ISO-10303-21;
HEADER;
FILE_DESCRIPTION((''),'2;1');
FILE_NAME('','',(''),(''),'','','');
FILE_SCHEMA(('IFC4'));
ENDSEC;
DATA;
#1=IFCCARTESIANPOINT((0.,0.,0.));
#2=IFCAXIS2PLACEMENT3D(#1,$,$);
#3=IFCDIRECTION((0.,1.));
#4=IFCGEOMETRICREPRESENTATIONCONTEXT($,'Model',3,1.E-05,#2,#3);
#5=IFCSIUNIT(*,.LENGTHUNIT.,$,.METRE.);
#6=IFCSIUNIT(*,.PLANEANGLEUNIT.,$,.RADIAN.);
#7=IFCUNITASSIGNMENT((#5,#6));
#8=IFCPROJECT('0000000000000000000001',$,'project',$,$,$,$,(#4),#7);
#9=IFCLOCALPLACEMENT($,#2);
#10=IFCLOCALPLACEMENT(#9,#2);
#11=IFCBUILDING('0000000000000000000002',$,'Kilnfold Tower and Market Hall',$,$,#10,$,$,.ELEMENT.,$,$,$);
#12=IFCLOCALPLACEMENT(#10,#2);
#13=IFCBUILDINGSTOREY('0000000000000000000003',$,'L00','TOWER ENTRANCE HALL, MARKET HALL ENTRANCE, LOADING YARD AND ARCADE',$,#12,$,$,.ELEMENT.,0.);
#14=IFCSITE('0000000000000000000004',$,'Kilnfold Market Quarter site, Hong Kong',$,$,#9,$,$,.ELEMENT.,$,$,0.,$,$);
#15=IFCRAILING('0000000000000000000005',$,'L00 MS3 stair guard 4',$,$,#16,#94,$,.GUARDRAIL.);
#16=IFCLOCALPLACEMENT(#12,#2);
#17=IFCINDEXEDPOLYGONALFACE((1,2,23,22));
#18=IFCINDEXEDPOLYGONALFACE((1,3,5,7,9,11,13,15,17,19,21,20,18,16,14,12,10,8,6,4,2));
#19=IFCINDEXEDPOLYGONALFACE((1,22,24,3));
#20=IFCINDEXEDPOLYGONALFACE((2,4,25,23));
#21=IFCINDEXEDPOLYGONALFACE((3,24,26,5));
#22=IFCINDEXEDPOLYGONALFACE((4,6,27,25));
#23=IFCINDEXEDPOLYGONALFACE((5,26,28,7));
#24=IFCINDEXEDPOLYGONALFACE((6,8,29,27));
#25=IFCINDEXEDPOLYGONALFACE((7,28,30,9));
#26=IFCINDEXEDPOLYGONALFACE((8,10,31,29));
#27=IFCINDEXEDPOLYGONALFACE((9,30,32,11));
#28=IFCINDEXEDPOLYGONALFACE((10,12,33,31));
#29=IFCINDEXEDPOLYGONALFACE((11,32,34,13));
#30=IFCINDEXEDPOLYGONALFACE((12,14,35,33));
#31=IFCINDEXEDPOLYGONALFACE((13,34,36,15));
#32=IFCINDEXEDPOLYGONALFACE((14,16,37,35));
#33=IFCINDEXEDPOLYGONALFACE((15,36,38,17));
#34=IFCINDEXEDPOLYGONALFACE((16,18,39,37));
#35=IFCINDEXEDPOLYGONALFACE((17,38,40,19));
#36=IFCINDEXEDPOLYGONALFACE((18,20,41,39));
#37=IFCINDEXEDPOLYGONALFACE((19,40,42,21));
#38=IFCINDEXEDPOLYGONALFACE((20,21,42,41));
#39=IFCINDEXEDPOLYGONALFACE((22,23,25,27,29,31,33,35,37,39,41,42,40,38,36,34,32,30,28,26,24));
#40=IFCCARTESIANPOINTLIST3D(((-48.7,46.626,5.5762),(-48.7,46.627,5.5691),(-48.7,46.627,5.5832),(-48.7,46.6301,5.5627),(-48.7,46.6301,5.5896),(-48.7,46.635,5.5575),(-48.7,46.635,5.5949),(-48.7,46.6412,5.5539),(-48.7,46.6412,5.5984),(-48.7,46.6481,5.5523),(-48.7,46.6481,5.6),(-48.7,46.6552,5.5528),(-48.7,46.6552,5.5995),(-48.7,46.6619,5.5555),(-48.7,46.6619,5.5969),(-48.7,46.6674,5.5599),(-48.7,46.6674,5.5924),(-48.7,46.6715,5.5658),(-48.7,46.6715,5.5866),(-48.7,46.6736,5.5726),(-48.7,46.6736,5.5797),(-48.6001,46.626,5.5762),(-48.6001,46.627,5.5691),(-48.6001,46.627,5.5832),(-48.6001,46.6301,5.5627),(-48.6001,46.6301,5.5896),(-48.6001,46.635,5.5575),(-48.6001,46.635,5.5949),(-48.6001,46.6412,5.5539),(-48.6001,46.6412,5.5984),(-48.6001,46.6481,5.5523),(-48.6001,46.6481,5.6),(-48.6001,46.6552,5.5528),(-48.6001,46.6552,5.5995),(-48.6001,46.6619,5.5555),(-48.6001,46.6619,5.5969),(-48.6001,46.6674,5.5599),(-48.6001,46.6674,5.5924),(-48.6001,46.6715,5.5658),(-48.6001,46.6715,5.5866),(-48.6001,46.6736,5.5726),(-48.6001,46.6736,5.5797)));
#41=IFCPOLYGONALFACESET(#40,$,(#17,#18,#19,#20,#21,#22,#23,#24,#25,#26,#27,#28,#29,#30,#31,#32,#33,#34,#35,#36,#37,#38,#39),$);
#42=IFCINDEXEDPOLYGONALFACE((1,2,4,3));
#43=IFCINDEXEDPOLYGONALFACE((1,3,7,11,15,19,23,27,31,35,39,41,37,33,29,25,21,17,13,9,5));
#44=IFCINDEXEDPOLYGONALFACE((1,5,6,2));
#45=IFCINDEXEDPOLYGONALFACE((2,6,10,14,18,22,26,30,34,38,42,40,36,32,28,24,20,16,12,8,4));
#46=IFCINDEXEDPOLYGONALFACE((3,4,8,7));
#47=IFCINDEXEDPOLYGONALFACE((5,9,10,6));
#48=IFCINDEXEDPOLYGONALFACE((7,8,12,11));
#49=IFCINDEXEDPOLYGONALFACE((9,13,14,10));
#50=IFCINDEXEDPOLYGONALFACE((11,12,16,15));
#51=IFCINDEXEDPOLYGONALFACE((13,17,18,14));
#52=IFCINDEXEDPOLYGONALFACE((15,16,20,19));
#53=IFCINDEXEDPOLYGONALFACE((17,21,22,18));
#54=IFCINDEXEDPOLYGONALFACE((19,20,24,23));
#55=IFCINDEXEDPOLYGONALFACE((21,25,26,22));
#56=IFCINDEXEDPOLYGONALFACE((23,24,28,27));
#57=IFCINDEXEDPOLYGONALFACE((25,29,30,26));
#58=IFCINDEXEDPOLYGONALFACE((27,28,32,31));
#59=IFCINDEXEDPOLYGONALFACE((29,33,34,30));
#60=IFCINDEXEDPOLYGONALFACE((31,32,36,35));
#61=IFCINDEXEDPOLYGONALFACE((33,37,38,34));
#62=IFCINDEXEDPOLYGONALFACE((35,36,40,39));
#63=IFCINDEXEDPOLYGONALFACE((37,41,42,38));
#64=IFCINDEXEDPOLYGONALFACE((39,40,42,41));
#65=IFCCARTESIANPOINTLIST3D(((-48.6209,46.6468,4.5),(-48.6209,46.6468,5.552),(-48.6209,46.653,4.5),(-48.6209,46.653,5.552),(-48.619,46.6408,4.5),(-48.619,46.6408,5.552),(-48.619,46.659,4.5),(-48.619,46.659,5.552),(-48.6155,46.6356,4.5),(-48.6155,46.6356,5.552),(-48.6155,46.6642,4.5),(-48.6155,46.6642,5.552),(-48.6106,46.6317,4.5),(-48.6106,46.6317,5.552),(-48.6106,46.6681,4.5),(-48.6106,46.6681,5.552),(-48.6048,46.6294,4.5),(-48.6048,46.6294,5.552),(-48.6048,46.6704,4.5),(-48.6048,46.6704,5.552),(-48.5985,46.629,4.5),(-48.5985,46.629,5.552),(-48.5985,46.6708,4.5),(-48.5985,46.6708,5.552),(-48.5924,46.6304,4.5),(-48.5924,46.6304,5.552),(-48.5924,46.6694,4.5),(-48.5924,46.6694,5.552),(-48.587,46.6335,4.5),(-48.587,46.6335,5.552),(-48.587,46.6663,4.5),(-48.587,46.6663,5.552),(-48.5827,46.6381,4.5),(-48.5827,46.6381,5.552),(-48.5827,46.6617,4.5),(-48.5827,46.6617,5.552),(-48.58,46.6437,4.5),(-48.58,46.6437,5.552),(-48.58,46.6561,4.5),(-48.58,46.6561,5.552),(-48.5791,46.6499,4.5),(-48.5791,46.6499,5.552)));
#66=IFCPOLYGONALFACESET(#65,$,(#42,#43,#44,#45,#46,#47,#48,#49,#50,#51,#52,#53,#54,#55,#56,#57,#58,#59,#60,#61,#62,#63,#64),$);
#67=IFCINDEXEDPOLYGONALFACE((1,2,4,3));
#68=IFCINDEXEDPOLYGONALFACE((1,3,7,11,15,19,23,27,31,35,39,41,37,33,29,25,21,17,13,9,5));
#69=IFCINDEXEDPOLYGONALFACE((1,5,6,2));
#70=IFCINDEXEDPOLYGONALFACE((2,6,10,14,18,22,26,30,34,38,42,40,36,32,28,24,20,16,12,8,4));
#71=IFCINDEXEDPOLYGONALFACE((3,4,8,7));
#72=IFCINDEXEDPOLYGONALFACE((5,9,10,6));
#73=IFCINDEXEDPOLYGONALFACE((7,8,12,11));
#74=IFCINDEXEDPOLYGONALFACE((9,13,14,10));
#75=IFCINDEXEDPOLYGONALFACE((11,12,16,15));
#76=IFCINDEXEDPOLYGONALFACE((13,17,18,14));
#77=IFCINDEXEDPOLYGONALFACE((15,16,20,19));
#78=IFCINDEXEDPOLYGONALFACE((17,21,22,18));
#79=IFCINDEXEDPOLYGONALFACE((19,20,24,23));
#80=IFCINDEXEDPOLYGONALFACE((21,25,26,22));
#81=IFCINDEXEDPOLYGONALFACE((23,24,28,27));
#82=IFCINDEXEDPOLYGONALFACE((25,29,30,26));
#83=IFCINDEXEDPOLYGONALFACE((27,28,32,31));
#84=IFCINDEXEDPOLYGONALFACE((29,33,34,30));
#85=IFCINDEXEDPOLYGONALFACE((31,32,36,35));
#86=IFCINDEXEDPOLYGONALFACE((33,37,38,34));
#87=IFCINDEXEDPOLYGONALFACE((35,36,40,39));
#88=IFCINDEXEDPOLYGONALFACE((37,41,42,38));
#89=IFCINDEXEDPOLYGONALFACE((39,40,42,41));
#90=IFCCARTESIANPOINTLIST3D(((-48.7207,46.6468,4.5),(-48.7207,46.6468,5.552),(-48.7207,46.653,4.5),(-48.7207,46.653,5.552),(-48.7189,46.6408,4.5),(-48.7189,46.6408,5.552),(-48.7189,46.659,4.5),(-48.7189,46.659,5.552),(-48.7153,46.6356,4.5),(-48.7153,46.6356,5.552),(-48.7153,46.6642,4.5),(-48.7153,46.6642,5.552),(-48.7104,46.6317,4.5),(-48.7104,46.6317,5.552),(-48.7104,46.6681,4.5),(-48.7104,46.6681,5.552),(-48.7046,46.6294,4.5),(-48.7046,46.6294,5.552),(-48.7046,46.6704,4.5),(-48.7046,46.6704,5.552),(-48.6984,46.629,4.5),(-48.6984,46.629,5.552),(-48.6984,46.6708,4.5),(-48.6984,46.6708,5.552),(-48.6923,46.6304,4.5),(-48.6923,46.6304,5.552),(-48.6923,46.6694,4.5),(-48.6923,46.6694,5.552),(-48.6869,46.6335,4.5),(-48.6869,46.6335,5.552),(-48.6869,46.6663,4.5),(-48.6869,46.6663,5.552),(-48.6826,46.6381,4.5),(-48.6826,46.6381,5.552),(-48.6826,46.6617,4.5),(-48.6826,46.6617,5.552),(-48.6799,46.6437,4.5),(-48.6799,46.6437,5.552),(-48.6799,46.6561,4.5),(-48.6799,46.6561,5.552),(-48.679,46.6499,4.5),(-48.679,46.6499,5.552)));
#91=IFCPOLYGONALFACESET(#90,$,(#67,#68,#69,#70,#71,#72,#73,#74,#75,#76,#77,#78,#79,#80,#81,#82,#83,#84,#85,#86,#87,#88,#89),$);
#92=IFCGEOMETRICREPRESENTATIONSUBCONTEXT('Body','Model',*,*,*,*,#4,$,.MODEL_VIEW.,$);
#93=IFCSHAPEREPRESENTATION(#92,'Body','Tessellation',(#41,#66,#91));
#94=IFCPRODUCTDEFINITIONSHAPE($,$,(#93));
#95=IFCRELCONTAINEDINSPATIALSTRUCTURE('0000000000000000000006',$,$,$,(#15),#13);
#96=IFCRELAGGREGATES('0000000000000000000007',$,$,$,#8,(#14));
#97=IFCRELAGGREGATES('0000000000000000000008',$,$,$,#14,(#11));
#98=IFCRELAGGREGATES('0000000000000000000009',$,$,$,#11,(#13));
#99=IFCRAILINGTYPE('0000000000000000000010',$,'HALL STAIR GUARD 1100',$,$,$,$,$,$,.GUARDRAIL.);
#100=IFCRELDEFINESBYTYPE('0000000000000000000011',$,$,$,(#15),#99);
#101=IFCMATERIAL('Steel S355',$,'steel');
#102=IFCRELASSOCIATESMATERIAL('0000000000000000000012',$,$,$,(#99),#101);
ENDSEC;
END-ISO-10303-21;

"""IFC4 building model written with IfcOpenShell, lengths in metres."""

from ifc_helpers import new_model, si_unit, direction, frame, origin, origin_2d, place, context, subcontext, project, spatial, circle, extrude, material, type_object, element, save


model = new_model("IFC4")

# Units and contexts
model_context = context("Model", 3, precision=1e-05, world=origin(), true_north=direction((0.0, 1.0)))
body_context = subcontext(model_context, "Body", "Model", "MODEL_VIEW")
ifc_project = project(units=[si_unit("LENGTHUNIT", "METRE"), si_unit("PLANEANGLEUNIT", "RADIAN")], contexts=[model_context])

# Site, building, storey
site_placement = place(None, origin())
site = spatial("IfcSite", under=ifc_project, at=site_placement, Name="Kilnfold Market Quarter site, Hong Kong", CompositionType="ELEMENT", RefElevation=0.0)
building_placement = place(site_placement, origin())
building = spatial("IfcBuilding", under=site, at=building_placement, Name="Kilnfold Tower and Market Hall", CompositionType="ELEMENT")
storey_placement = place(building_placement, origin())
storey = spatial("IfcBuildingStorey", under=building, at=storey_placement, Name="L00", Description="TOWER ENTRANCE HALL, MARKET HALL ENTRANCE, LOADING YARD AND ARCADE", CompositionType="ELEMENT", Elevation=0.0)

# Railing
ifc_material_1 = material(Name="Steel S355", Category="steel")
railing_type_1 = type_object("IfcRailingType", Name="HALL STAIR GUARD 1100", PredefinedType="GUARDRAIL", material=ifc_material_1)
railing_1_placement = place(storey_placement, frame((-48.6001, 46.6499, 4.5)))
element("IfcRailing", 1, at=railing_1_placement, inside=storey, type_object=railing_type_1, Name="L00 MS3 stair guard 4", PredefinedType="GUARDRAIL", context=body_context, shape_type="SweptSolid", body=[
    extrude(circle(Radius=0.0239, at=origin_2d()), frame((0.0, 0.0, 1.0762), z_axis=(-1.0, 0.0, 0.0), x_axis=(0.0, -1.0, 0.0)), (0.0, 0.0, 1.0), 0.0999),
    extrude(circle(Radius=0.021, at=origin_2d()), origin(), (0.0, 0.0, 1.0), 1.052),
    extrude(circle(Radius=0.021, at=origin_2d()), frame((-0.0999, 0.0, 0.0)), (0.0, 0.0, 1.0), 1.052),
])

save(model, "model.ifc")
